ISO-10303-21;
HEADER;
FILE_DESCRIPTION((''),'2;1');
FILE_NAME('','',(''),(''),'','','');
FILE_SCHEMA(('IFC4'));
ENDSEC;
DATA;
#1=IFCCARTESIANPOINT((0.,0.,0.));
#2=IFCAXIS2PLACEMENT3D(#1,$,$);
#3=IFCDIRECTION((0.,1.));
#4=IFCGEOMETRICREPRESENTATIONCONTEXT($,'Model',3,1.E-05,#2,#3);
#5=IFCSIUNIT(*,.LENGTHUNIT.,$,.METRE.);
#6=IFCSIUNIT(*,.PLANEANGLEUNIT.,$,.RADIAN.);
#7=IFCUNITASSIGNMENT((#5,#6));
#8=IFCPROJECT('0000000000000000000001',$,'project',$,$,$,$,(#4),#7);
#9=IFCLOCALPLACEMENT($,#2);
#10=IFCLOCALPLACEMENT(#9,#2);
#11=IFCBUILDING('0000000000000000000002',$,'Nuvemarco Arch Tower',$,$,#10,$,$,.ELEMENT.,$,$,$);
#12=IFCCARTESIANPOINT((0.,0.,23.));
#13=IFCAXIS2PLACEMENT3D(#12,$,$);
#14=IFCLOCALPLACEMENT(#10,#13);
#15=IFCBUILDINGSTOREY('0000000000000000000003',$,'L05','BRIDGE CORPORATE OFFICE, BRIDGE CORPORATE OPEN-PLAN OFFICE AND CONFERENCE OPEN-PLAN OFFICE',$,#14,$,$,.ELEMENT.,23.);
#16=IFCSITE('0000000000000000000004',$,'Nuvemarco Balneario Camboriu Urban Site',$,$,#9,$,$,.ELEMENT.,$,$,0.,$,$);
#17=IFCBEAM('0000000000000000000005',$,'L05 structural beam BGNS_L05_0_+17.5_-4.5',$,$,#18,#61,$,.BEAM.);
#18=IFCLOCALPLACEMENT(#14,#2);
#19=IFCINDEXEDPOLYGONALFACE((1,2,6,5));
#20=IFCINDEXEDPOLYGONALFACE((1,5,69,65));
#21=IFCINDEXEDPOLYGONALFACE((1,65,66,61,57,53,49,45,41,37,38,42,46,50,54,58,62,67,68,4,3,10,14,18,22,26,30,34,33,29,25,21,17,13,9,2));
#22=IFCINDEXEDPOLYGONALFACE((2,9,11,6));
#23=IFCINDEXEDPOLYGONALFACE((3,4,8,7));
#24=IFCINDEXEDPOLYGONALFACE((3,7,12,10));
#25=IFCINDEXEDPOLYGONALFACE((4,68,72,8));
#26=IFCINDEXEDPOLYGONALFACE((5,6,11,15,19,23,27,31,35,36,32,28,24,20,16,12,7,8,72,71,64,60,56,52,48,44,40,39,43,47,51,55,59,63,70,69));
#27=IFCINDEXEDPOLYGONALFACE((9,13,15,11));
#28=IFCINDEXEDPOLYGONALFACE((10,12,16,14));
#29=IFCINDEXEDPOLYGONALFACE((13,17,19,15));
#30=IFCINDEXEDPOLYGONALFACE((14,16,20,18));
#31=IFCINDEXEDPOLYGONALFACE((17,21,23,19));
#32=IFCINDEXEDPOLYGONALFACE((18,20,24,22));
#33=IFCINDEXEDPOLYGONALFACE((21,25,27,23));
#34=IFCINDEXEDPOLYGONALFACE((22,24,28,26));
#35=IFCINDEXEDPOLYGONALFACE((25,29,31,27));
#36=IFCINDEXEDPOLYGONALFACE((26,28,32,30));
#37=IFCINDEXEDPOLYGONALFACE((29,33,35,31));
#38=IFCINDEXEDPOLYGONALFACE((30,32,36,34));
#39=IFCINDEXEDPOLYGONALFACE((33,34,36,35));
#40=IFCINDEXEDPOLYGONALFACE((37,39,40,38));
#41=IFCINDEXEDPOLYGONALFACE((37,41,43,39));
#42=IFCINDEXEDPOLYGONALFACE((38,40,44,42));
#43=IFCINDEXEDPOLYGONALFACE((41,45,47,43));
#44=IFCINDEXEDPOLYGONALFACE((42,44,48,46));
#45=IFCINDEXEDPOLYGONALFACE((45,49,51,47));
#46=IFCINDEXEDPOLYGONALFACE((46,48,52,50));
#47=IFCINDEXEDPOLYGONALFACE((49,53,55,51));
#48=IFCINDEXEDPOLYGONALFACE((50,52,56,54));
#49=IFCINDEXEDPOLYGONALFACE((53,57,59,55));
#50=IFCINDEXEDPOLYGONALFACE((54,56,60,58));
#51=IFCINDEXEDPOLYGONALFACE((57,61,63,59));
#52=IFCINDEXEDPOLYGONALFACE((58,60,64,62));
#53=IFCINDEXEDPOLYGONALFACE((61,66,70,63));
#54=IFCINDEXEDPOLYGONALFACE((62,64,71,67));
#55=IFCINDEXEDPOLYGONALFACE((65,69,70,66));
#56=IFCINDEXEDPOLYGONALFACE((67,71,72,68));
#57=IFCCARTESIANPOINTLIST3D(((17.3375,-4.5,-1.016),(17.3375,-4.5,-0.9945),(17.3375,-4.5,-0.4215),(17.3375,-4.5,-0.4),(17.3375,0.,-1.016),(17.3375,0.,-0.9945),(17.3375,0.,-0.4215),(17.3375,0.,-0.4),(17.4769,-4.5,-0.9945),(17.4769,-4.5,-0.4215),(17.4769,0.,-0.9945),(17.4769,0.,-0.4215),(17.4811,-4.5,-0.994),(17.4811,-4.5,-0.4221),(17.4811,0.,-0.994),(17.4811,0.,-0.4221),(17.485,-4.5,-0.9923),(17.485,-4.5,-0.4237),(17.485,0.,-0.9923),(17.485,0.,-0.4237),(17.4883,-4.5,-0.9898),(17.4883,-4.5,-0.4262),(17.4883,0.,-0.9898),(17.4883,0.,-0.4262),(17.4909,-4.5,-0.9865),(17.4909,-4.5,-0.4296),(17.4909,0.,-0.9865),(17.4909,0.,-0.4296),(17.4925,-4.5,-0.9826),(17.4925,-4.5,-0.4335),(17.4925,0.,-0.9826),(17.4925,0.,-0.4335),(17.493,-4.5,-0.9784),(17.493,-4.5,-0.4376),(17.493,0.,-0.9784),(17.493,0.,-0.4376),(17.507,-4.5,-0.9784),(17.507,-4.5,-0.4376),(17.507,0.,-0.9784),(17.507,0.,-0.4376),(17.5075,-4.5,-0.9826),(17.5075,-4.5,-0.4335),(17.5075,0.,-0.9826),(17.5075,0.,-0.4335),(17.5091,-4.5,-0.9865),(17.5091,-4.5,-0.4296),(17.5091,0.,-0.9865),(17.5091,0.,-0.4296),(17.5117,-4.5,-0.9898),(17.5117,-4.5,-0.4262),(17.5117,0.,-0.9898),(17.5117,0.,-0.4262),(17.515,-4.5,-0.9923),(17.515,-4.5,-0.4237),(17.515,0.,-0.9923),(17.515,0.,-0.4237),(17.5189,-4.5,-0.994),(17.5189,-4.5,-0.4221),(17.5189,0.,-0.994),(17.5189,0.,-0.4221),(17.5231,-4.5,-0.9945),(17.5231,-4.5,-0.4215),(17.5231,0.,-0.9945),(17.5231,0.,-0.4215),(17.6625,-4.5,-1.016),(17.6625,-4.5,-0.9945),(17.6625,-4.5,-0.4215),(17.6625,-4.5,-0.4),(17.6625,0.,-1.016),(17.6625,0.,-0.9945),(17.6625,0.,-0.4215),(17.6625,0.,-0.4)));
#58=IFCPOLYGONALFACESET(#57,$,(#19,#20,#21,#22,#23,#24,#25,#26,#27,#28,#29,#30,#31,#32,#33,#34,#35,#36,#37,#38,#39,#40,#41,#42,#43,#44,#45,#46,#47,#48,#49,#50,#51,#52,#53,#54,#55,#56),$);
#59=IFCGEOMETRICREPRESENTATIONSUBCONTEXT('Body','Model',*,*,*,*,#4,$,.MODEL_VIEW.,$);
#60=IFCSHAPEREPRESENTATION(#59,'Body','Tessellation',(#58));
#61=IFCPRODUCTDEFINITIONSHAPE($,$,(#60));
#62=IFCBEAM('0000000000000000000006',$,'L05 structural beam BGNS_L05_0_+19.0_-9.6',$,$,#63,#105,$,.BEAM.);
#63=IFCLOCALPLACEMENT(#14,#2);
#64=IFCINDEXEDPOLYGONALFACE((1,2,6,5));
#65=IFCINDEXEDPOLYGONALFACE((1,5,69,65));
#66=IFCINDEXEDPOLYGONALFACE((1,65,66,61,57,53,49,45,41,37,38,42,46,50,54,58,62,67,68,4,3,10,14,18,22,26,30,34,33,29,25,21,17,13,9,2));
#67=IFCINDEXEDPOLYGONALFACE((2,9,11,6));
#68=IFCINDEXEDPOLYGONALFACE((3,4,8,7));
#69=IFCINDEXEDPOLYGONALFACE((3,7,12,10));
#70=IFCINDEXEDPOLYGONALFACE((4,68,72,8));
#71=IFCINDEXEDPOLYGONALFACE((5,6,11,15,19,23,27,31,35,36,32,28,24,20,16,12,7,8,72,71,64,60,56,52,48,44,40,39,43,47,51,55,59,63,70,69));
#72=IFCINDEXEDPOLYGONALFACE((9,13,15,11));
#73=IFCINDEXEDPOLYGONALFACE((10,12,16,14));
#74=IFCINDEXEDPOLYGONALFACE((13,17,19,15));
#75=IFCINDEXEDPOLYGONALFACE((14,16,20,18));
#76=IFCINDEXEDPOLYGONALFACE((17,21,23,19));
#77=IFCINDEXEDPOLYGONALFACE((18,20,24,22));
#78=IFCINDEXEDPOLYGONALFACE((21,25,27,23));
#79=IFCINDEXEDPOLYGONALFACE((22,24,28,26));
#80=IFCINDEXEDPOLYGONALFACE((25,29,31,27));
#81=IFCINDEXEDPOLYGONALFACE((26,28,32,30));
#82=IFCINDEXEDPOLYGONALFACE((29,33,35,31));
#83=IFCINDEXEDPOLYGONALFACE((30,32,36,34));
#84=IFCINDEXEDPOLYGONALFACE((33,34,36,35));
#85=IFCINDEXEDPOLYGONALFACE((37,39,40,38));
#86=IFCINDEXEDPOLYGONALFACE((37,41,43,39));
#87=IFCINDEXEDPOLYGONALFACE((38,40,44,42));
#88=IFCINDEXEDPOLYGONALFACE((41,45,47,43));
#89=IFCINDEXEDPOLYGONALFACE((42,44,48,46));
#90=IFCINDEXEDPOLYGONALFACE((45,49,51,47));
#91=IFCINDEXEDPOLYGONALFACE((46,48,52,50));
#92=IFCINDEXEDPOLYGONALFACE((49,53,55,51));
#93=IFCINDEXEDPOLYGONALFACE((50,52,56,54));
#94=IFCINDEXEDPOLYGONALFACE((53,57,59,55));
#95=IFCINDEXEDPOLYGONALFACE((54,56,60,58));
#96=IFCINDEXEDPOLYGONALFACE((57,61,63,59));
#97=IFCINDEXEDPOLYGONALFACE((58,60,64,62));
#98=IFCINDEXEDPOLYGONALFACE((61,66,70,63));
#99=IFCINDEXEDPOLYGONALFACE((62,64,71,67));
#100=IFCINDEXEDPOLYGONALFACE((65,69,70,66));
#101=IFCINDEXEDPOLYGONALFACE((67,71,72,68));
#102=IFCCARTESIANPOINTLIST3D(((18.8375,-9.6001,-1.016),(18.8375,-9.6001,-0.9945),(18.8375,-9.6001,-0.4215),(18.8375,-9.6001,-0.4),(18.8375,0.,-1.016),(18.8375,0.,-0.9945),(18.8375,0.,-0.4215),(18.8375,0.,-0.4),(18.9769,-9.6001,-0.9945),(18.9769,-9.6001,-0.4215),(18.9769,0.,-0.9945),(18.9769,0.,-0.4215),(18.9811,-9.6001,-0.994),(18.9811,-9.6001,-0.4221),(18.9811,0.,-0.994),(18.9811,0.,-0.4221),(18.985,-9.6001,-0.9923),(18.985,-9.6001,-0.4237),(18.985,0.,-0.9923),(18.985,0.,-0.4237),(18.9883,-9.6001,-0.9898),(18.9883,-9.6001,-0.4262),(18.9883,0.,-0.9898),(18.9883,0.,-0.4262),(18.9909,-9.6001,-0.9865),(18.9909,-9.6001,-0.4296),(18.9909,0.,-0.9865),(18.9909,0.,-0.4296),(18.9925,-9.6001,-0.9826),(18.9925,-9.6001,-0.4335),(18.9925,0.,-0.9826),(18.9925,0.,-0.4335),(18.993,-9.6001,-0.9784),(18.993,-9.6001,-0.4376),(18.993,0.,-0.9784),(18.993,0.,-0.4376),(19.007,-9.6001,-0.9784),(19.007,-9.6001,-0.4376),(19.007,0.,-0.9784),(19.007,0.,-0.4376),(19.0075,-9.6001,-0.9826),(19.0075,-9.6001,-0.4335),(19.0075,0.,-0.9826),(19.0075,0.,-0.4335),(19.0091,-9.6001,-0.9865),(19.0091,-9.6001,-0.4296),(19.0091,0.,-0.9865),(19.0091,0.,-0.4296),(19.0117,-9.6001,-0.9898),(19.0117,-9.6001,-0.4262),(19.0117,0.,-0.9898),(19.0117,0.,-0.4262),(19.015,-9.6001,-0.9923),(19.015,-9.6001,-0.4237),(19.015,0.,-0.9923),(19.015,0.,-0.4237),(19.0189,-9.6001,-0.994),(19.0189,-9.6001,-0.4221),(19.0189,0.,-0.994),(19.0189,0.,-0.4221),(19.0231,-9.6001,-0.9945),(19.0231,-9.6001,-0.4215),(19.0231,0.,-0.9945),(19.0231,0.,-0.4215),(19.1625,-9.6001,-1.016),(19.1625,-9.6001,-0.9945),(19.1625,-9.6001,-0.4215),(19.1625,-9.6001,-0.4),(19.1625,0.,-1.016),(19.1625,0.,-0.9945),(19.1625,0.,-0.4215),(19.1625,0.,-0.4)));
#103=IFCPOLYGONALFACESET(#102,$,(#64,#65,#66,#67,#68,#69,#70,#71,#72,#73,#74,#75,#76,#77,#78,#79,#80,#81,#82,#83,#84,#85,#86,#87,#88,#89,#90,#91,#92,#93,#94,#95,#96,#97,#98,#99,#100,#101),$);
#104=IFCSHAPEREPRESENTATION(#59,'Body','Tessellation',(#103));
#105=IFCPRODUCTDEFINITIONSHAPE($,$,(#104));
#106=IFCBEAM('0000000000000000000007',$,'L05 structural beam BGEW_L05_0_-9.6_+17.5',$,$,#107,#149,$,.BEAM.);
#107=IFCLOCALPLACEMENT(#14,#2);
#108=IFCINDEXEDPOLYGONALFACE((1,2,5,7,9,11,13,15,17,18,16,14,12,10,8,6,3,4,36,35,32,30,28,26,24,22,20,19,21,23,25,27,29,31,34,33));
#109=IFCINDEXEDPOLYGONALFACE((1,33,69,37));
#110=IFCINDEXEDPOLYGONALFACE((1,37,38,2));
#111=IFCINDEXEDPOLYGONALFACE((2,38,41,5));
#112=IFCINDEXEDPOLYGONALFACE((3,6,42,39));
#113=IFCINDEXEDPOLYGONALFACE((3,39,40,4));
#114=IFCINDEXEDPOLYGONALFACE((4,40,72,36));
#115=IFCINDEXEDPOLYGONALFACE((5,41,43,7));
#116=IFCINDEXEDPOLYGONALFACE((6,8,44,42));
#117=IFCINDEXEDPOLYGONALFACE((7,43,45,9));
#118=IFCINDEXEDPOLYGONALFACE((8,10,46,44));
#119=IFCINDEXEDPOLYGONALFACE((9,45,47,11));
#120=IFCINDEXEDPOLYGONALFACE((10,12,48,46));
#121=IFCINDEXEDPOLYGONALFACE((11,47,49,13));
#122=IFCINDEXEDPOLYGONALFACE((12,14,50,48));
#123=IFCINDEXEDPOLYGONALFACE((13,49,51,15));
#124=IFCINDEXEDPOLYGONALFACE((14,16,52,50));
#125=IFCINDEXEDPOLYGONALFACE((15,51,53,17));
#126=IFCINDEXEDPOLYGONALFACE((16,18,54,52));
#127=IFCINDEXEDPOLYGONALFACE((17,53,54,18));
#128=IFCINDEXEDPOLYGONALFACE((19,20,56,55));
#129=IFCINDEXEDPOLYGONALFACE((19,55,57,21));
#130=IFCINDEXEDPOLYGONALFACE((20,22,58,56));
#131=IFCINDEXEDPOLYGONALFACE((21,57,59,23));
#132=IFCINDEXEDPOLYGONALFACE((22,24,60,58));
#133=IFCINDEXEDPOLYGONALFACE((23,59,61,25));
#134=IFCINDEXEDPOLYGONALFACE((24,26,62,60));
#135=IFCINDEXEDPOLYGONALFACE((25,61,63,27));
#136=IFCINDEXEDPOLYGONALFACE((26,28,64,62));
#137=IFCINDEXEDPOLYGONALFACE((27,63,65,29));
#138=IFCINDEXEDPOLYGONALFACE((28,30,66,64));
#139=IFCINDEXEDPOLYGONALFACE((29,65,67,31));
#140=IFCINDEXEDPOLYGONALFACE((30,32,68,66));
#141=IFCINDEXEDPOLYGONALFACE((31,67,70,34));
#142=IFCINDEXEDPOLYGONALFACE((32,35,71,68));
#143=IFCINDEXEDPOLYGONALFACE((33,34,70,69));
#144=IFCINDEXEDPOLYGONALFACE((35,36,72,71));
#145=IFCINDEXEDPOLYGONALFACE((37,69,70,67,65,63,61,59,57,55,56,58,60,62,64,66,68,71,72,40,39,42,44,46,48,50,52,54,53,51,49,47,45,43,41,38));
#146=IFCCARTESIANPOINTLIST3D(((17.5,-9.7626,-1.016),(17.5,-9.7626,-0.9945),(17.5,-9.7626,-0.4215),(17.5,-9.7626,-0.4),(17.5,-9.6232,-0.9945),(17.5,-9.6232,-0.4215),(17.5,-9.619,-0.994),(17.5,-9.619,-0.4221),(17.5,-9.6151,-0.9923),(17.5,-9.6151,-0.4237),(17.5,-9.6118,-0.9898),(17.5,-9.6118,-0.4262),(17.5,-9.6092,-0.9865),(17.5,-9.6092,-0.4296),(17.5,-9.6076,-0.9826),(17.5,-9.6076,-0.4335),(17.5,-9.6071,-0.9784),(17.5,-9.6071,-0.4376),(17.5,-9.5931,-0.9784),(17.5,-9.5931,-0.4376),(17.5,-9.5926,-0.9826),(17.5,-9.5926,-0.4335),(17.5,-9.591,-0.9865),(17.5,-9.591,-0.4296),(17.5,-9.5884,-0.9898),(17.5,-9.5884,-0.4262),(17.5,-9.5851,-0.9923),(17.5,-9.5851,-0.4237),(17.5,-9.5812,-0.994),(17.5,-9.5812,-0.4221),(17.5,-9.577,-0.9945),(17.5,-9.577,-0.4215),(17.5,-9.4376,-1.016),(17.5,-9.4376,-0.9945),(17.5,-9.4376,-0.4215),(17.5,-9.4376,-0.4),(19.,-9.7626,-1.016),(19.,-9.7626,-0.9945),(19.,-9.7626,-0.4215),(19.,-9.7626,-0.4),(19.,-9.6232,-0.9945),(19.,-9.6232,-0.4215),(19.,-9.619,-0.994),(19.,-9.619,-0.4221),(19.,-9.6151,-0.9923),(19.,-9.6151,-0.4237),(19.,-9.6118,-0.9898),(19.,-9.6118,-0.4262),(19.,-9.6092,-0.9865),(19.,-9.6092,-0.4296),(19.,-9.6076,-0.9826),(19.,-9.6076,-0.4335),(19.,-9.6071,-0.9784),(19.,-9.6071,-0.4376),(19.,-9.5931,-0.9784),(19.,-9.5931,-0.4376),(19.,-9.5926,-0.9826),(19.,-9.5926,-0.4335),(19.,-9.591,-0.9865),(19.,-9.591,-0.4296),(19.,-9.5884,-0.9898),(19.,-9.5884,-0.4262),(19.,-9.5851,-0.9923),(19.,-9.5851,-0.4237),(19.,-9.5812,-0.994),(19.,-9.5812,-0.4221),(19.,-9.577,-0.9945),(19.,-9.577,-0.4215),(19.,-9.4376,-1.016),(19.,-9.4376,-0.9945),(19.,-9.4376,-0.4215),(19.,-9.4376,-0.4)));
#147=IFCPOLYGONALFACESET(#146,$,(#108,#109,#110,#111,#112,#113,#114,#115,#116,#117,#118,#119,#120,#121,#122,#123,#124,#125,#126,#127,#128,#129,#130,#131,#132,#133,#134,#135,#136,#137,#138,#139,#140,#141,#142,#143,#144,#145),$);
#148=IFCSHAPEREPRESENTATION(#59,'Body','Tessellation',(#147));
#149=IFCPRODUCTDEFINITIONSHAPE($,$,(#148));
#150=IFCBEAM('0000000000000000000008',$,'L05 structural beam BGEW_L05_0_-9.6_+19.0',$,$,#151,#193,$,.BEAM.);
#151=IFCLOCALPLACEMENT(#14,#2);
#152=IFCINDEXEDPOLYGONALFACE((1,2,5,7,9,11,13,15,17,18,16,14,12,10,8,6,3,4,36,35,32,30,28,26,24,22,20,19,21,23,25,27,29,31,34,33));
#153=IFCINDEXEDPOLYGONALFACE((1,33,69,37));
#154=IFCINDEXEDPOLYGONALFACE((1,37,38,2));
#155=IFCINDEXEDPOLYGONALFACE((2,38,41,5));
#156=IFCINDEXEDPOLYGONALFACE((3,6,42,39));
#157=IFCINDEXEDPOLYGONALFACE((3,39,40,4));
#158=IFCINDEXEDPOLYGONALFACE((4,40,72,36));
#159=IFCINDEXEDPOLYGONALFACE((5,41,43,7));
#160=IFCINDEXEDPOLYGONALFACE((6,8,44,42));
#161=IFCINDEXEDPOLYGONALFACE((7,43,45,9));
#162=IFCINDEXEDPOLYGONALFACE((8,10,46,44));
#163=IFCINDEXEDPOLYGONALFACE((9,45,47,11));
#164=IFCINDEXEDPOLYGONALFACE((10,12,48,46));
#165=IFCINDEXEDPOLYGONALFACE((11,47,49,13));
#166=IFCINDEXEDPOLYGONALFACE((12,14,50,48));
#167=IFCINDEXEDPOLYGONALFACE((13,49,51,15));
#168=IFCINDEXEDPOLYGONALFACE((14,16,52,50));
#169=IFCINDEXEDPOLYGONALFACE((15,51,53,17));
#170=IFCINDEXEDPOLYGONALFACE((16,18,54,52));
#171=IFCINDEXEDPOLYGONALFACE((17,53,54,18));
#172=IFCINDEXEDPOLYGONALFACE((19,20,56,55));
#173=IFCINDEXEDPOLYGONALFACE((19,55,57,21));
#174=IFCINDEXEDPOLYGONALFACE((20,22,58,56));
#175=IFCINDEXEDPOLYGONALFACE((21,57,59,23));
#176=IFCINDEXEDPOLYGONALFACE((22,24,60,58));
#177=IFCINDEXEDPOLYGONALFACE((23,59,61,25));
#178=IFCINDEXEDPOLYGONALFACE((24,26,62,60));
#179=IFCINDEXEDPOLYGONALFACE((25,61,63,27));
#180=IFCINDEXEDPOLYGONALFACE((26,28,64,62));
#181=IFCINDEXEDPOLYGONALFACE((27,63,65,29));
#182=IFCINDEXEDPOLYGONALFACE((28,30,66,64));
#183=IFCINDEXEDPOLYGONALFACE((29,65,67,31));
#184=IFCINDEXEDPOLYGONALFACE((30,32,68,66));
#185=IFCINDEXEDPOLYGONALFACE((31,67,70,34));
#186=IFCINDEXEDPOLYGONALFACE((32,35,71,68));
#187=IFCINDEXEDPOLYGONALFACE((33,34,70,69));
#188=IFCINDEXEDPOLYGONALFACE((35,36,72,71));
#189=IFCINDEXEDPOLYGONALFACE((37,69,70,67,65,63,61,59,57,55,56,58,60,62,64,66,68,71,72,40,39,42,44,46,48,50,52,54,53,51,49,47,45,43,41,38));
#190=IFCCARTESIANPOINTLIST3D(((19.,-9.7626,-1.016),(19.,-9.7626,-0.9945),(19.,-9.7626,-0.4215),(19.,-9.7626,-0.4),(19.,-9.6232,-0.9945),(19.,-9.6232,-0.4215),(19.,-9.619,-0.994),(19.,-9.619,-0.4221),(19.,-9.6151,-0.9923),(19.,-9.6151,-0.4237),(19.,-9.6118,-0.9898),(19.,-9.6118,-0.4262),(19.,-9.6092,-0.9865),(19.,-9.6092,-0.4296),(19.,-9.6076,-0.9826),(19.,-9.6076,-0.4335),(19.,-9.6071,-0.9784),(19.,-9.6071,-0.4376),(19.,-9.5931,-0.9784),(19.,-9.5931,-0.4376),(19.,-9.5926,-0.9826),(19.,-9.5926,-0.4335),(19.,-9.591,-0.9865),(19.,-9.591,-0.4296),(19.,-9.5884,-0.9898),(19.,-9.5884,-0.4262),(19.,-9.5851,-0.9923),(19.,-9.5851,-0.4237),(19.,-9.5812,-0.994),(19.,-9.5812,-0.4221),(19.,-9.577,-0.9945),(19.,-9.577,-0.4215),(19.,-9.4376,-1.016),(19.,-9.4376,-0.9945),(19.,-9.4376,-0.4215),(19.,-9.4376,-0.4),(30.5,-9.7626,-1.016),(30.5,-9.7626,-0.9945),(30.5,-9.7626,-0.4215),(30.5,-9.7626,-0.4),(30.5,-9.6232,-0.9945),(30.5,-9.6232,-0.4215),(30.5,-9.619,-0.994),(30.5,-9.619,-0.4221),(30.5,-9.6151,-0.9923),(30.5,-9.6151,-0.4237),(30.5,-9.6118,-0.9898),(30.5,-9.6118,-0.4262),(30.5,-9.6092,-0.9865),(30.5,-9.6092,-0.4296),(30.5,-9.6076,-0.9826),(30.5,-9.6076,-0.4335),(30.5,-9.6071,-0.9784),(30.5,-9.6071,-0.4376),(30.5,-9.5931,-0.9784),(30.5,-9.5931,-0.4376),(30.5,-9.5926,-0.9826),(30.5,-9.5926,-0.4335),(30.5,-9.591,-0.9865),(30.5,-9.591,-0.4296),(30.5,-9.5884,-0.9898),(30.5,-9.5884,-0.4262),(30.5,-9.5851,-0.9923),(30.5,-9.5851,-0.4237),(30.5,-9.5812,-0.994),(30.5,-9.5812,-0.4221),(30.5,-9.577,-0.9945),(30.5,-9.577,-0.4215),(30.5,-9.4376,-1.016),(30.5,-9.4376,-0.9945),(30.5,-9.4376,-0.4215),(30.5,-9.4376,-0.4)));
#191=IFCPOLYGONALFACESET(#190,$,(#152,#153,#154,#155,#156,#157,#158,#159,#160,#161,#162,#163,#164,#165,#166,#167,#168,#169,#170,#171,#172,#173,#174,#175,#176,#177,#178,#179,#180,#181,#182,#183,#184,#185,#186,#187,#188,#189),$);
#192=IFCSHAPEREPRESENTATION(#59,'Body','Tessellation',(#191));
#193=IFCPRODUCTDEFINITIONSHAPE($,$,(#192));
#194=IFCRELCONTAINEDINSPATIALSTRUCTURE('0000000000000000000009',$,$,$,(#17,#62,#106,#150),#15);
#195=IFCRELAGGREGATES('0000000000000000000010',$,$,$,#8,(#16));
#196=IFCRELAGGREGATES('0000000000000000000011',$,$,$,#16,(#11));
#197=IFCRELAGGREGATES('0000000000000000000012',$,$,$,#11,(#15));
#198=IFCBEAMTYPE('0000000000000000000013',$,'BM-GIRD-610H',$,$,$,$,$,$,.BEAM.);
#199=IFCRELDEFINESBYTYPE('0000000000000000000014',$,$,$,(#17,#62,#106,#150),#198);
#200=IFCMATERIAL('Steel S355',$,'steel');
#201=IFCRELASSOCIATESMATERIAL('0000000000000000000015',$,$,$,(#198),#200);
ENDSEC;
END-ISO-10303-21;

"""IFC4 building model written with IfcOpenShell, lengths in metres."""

from ifc_helpers import new_model, si_unit, direction, frame, origin, origin_2d, place, context, subcontext, project, spatial, i_section, extrude, material, material_profile, profile_set, type_object, element, save


model = new_model("IFC4")

# Units and contexts
model_context = context("Model", 3, precision=1e-05, world=origin(), true_north=direction((0.0, 1.0)))
body_context = subcontext(model_context, "Body", "Model", "MODEL_VIEW")
ifc_project = project(units=[si_unit("LENGTHUNIT", "METRE"), si_unit("PLANEANGLEUNIT", "RADIAN")], contexts=[model_context])

# Site, building, storey
site_placement = place(None, origin())
site = spatial("IfcSite", under=ifc_project, at=site_placement, Name="Nuvemarco Balneario Camboriu Urban Site", CompositionType="ELEMENT", RefElevation=0.0)
building_placement = place(site_placement, origin())
building = spatial("IfcBuilding", under=site, at=building_placement, Name="Nuvemarco Arch Tower", CompositionType="ELEMENT")
storey_placement = place(building_placement, frame((0.0, 0.0, 23.0)))
storey = spatial("IfcBuildingStorey", under=building, at=storey_placement, Name="L05", Description="BRIDGE CORPORATE OFFICE, BRIDGE CORPORATE OPEN-PLAN OFFICE AND CONFERENCE OPEN-PLAN OFFICE", CompositionType="ELEMENT", Elevation=23.0)

# Beams
ifc_material_1 = material(Name="Steel S355", Category="steel")
ifc_material_profile_1 = material_profile(ifc_material_1, i_section(OverallWidth=0.325, OverallDepth=0.616, WebThickness=0.0139, FlangeThickness=0.0215, FilletRadius=0.0161, at=origin_2d()), Name="W610x174")
ifc_profile_set_1 = profile_set([ifc_material_profile_1], Name="Steel S355")
beam_type_1 = type_object("IfcBeamType", Name="BM-GIRD-610H", PredefinedType="BEAM", material=ifc_profile_set_1)
beam_1_placement = place(storey_placement, frame((17.5, -4.5, -0.708), z_axis=(0.0, 1.0, 0.0), x_axis=(-1.0, 0.0, 0.0)))
element("IfcBeam", 1, at=beam_1_placement, inside=storey, type_object=beam_type_1, Name="L05 structural beam BGNS_L05_0_+17.5_-4.5", PredefinedType="BEAM", context=body_context, shape_type="SweptSolid", body=[
    extrude(i_section(OverallWidth=0.325, OverallDepth=0.616, WebThickness=0.0139, FlangeThickness=0.0215, FilletRadius=0.0161, at=origin_2d()), origin(), (0.0, 0.0, 1.0), 4.5),
])
beam_2_placement = place(storey_placement, frame((19.0, -9.6001, -0.708), z_axis=(0.0, 1.0, 0.0), x_axis=(-1.0, 0.0, 0.0)))
element("IfcBeam", 2, at=beam_2_placement, inside=storey, type_object=beam_type_1, Name="L05 structural beam BGNS_L05_0_+19.0_-9.6", PredefinedType="BEAM", context=body_context, shape_type="SweptSolid", body=[
    extrude(i_section(OverallWidth=0.325, OverallDepth=0.616, WebThickness=0.0139, FlangeThickness=0.0215, FilletRadius=0.0161, at=origin_2d()), origin(), (0.0, 0.0, 1.0), 9.6001),
])
beam_3_placement = place(storey_placement, frame((17.5, -9.6001, -0.708), z_axis=(1.0, 0.0, 0.0), x_axis=(0.0, 1.0, 0.0)))
element("IfcBeam", 3, at=beam_3_placement, inside=storey, type_object=beam_type_1, Name="L05 structural beam BGEW_L05_0_-9.6_+17.5", PredefinedType="BEAM", context=body_context, shape_type="SweptSolid", body=[
    extrude(i_section(OverallWidth=0.325, OverallDepth=0.616, WebThickness=0.0139, FlangeThickness=0.0215, FilletRadius=0.0161, at=origin_2d()), origin(), (0.0, 0.0, 1.0), 1.5),
])
beam_4_placement = place(storey_placement, frame((19.0, -9.6001, -0.708), z_axis=(1.0, 0.0, 0.0), x_axis=(0.0, 1.0, 0.0)))
element("IfcBeam", 4, at=beam_4_placement, inside=storey, type_object=beam_type_1, Name="L05 structural beam BGEW_L05_0_-9.6_+19.0", PredefinedType="BEAM", context=body_context, shape_type="SweptSolid", body=[
    extrude(i_section(OverallWidth=0.325, OverallDepth=0.616, WebThickness=0.0139, FlangeThickness=0.0215, FilletRadius=0.0161, at=origin_2d()), origin(), (0.0, 0.0, 1.0), 11.5),
])

save(model, "model.ifc")
